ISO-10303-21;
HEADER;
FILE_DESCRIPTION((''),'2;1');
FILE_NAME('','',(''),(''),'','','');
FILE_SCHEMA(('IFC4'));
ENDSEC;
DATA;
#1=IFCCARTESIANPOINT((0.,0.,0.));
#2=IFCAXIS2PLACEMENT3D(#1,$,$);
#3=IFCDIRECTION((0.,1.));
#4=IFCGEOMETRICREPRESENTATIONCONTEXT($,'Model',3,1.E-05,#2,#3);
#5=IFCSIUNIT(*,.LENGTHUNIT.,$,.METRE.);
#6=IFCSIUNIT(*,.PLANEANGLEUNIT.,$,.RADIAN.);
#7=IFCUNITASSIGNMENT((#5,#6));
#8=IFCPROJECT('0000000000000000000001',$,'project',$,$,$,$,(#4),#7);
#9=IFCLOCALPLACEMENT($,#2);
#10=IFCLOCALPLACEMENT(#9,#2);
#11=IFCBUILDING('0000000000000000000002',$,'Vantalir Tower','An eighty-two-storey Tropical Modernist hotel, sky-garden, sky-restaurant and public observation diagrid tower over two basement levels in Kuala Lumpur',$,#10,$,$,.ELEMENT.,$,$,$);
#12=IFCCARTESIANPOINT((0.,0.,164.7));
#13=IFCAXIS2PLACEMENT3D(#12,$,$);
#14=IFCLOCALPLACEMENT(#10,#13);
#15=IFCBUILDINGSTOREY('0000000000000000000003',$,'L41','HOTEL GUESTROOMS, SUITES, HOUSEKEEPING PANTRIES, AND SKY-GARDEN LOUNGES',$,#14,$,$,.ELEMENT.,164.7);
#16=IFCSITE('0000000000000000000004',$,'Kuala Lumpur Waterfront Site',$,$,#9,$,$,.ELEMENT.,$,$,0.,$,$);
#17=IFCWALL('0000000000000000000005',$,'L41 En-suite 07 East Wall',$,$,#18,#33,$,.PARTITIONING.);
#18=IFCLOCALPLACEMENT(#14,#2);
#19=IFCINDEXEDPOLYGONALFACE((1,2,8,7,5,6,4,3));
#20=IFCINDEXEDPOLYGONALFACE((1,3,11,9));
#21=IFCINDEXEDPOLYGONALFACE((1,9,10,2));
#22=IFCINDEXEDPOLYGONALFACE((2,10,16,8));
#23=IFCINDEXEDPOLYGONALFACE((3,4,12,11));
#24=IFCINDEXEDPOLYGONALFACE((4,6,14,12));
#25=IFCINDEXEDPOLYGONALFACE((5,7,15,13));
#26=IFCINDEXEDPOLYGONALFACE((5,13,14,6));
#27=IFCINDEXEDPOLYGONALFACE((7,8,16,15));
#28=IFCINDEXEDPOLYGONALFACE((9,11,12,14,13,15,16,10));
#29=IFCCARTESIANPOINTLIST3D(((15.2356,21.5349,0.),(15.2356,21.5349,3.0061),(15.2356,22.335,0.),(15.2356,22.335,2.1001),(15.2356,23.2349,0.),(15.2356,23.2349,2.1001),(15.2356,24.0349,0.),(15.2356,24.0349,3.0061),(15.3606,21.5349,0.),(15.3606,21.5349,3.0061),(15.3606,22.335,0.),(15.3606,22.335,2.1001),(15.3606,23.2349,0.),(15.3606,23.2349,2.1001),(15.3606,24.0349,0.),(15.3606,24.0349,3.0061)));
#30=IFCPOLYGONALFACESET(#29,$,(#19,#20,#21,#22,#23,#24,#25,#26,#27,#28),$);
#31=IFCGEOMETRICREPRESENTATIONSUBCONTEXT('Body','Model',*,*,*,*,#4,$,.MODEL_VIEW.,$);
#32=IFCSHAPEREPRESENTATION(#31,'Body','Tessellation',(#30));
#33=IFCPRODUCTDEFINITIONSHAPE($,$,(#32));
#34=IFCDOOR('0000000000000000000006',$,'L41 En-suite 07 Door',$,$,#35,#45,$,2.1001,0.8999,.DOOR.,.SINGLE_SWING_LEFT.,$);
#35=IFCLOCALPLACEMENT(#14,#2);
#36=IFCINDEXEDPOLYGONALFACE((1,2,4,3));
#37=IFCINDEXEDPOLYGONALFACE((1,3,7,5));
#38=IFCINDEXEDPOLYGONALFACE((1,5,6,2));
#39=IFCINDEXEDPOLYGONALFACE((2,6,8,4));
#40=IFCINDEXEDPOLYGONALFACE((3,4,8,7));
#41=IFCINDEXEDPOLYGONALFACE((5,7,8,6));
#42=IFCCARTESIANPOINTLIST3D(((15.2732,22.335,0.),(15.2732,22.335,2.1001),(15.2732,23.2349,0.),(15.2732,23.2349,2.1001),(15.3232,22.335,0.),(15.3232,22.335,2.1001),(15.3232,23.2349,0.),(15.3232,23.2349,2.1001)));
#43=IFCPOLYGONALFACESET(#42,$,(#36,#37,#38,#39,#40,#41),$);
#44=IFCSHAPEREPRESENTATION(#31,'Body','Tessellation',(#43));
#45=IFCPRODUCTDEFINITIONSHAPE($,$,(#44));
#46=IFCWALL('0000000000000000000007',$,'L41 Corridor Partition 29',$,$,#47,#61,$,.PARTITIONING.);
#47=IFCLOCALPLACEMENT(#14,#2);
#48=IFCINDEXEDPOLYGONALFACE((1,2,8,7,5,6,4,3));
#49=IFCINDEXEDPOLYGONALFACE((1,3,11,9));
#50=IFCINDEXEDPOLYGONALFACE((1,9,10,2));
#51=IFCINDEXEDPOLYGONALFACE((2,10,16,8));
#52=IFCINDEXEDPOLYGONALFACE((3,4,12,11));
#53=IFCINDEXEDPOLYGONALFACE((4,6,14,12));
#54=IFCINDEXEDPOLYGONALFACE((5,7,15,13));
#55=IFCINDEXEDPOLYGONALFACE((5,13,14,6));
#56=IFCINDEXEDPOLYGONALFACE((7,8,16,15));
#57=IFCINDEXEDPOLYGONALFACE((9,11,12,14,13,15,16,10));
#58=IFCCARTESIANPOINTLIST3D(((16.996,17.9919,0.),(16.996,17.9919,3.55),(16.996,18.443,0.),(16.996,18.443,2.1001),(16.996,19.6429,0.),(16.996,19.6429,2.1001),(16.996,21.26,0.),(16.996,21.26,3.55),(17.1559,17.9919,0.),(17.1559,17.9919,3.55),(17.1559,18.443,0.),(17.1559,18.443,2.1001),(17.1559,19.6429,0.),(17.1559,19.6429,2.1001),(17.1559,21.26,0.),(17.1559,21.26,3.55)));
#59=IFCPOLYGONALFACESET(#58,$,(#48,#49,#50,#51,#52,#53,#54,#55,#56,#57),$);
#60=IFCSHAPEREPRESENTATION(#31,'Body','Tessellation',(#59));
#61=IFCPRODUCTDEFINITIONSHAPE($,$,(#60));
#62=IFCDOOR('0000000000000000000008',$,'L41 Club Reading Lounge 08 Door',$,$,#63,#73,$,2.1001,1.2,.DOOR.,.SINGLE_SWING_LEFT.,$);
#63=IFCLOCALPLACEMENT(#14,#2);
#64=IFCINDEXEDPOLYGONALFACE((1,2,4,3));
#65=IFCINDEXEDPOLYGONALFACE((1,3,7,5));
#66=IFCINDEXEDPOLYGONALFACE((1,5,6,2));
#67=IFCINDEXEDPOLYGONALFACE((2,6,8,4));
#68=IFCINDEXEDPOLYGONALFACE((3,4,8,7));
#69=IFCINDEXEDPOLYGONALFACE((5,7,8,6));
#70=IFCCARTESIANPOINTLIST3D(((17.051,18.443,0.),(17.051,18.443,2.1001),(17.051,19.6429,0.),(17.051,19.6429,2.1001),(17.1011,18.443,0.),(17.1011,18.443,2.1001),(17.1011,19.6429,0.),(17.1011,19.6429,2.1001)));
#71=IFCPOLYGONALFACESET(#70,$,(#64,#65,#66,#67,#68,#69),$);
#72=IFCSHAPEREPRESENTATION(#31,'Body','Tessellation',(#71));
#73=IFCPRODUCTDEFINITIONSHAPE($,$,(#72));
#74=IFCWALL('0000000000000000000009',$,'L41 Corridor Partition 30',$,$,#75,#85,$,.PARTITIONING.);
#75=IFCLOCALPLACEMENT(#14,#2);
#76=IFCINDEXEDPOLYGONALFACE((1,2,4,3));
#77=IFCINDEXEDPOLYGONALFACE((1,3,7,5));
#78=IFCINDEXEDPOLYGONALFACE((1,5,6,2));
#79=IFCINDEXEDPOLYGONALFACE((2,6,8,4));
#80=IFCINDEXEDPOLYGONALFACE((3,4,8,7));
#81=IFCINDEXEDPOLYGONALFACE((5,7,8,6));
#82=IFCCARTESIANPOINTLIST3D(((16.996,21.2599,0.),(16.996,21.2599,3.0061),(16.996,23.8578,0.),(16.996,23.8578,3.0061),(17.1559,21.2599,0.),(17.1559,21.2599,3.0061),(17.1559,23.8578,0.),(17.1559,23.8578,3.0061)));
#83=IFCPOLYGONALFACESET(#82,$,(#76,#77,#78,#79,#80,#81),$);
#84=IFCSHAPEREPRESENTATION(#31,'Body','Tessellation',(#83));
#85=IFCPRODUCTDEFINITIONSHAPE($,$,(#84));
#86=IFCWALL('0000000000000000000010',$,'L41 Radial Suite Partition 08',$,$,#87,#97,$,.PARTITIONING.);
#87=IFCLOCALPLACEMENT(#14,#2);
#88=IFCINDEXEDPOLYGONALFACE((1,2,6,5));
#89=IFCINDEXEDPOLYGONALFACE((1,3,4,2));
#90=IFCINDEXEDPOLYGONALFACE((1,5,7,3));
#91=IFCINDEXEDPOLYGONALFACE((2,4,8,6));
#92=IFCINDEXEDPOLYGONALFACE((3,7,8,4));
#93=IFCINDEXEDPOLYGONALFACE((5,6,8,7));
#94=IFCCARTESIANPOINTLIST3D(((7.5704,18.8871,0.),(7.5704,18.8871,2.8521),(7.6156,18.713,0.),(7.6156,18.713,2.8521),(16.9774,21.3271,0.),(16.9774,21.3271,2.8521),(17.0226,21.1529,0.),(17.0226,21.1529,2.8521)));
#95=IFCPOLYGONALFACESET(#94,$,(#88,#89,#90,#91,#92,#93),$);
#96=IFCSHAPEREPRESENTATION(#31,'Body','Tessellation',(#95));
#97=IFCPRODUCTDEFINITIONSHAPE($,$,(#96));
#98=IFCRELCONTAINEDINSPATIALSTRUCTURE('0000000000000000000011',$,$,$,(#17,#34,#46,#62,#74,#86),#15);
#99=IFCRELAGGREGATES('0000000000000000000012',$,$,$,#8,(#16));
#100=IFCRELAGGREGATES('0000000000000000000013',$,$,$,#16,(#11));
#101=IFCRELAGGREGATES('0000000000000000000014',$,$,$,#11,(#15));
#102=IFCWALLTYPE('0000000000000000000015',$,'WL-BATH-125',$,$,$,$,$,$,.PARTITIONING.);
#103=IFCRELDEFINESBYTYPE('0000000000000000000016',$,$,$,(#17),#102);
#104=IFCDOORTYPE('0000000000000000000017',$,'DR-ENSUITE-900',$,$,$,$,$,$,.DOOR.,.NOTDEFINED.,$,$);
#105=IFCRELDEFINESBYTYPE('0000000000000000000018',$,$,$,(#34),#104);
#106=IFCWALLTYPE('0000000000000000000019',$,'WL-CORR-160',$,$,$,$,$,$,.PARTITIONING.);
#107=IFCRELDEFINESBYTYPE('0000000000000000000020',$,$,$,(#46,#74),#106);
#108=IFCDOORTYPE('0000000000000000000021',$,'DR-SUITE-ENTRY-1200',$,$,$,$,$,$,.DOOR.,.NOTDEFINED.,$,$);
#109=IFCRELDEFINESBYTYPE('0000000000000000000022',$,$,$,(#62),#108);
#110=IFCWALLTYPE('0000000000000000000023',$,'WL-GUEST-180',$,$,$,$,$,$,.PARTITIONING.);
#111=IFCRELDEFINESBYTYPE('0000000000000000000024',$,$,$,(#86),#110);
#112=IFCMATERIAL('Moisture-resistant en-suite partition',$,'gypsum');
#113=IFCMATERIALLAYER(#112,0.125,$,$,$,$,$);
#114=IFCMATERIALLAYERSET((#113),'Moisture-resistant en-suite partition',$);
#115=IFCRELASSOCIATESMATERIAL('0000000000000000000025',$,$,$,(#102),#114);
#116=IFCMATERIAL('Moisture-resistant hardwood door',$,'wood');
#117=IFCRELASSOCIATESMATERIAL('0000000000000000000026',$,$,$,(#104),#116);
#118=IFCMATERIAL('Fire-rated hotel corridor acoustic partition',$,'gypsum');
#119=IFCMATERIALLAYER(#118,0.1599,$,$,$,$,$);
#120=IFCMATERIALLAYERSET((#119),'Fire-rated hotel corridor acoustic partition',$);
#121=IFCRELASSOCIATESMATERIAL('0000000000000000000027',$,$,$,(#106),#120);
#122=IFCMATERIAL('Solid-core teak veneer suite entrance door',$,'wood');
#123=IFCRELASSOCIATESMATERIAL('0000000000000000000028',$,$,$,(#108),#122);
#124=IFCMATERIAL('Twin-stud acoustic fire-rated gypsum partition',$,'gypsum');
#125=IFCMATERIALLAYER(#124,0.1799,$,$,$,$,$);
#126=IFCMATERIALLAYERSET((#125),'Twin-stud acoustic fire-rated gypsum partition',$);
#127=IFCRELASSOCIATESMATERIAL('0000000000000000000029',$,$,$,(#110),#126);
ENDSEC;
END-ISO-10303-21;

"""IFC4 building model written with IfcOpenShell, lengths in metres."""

from ifc_helpers import new_model, si_unit, direction, frame, frame_2d, origin, place, context, subcontext, project, spatial, rectangle, extrude, material, layer, layer_set, type_object, element, fill, save


model = new_model("IFC4")

# Units and contexts
model_context = context("Model", 3, precision=1e-05, world=origin(), true_north=direction((0.0, 1.0)))
body_context = subcontext(model_context, "Body", "Model", "MODEL_VIEW")
ifc_project = project(units=[si_unit("LENGTHUNIT", "METRE"), si_unit("PLANEANGLEUNIT", "RADIAN")], contexts=[model_context])

# Site, building, storey
site_placement = place(None, origin())
site = spatial("IfcSite", under=ifc_project, at=site_placement, Name="Kuala Lumpur Waterfront Site", CompositionType="ELEMENT", RefElevation=0.0)
building_placement = place(site_placement, origin())
building = spatial("IfcBuilding", under=site, at=building_placement, Name="Vantalir Tower", Description="An eighty-two-storey Tropical Modernist hotel, sky-garden, sky-restaurant and public observation diagrid tower over two basement levels in Kuala Lumpur", CompositionType="ELEMENT")
storey_placement = place(building_placement, frame((0.0, 0.0, 164.7)))
storey = spatial("IfcBuildingStorey", under=building, at=storey_placement, Name="L41", Description="HOTEL GUESTROOMS, SUITES, HOUSEKEEPING PANTRIES, AND SKY-GARDEN LOUNGES", CompositionType="ELEMENT", Elevation=164.7)

# Shared definitions
ifc_material_1 = material(Name="Moisture-resistant en-suite partition", Category="gypsum")
ifc_layer_1 = layer(ifc_material_1, 0.125)
ifc_layer_set_1 = layer_set([ifc_layer_1], Name="Moisture-resistant en-suite partition")
wall_type_1 = type_object("IfcWallType", Name="WL-BATH-125", PredefinedType="PARTITIONING", material=ifc_layer_set_1)

# Walls, openings, doors
wall_1_placement = place(storey_placement, frame((15.2981, 21.5349, 0.0), z_axis=(0.0, 0.0, 1.0), x_axis=(0.0, 1.0, 0.0)))
wall_1 = element("IfcWall", 1, at=wall_1_placement, inside=storey, type_object=wall_type_1, Name="L41 En-suite 07 East Wall", PredefinedType="PARTITIONING", context=body_context, shape_type="SweptSolid", body=[
    extrude(rectangle(XDim=2.5, YDim=0.125, at=frame_2d((1.25, 0.0))), origin(), (0.0, 0.0, 1.0), 3.0061),
])
opening_1_placement = place(wall_1_placement, frame((0.8, 0.0, 0.0)))
opening_1 = element("IfcOpeningElement", 2, at=opening_1_placement, cuts=wall_1, PredefinedType="OPENING", context=body_context, shape_type="SweptSolid", body=[
    extrude(rectangle(XDim=0.8999, YDim=2.1001, at=frame_2d((0.45, 1.05))), frame((0.0, 0.0725, 0.0), z_axis=(0.0, -1.0, 0.0), x_axis=(1.0, 0.0, 0.0)), (0.0, 0.0, 1.0), 0.145),
])
ifc_material_2 = material(Name="Moisture-resistant hardwood door", Category="wood")
door_type_1 = type_object("IfcDoorType", Name="DR-ENSUITE-900", OperationType="NOTDEFINED", PredefinedType="DOOR", material=ifc_material_2)
door_1_placement = place(opening_1_placement, origin())
door_1 = element("IfcDoor", 3, at=door_1_placement, inside=storey, type_object=door_type_1, Name="L41 En-suite 07 Door", OperationType="SINGLE_SWING_LEFT", OverallHeight=2.1001, OverallWidth=0.8999, PredefinedType="DOOR", context=body_context, shape_type="SweptSolid", body=[
    extrude(rectangle(XDim=0.8999, YDim=2.1001, at=frame_2d((0.45, 1.05))), frame((0.0, 0.0249, 0.0), z_axis=(0.0, -1.0, 0.0), x_axis=(1.0, 0.0, 0.0)), (0.0, 0.0, 1.0), 0.05),
])
fill(opening_1, door_1)
ifc_material_3 = material(Name="Fire-rated hotel corridor acoustic partition", Category="gypsum")
ifc_layer_2 = layer(ifc_material_3, 0.1599)
ifc_layer_set_2 = layer_set([ifc_layer_2], Name="Fire-rated hotel corridor acoustic partition")
wall_type_2 = type_object("IfcWallType", Name="WL-CORR-160", PredefinedType="PARTITIONING", material=ifc_layer_set_2)
wall_2_placement = place(storey_placement, frame((17.0759, 17.9919, 0.0), z_axis=(0.0, 0.0, 1.0), x_axis=(0.0, 1.0, 0.0)))
wall_2 = element("IfcWall", 4, at=wall_2_placement, inside=storey, type_object=wall_type_2, Name="L41 Corridor Partition 29", PredefinedType="PARTITIONING", context=body_context, shape_type="SweptSolid", body=[
    extrude(rectangle(XDim=3.2681, YDim=0.1599, at=frame_2d((1.634, 0.0))), origin(), (0.0, 0.0, 1.0), 3.55),
])
opening_2_placement = place(wall_2_placement, frame((0.4509, 0.0, 0.0)))
opening_2 = element("IfcOpeningElement", 5, at=opening_2_placement, cuts=wall_2, PredefinedType="OPENING", context=body_context, shape_type="SweptSolid", body=[
    extrude(rectangle(XDim=1.2, YDim=2.1001, at=frame_2d((0.6001, 1.05))), frame((0.0, 0.0898, 0.0), z_axis=(0.0, -1.0, 0.0), x_axis=(1.0, 0.0, 0.0)), (0.0, 0.0, 1.0), 0.1799),
])
ifc_material_4 = material(Name="Solid-core teak veneer suite entrance door", Category="wood")
door_type_2 = type_object("IfcDoorType", Name="DR-SUITE-ENTRY-1200", OperationType="NOTDEFINED", PredefinedType="DOOR", material=ifc_material_4)
door_2_placement = place(opening_2_placement, origin())
door_2 = element("IfcDoor", 6, at=door_2_placement, inside=storey, type_object=door_type_2, Name="L41 Club Reading Lounge 08 Door", OperationType="SINGLE_SWING_LEFT", OverallHeight=2.1001, OverallWidth=1.2, PredefinedType="DOOR", context=body_context, shape_type="SweptSolid", body=[
    extrude(rectangle(XDim=1.2, YDim=2.1001, at=frame_2d((0.6001, 1.05))), frame((0.0, 0.0249, 0.0), z_axis=(0.0, -1.0, 0.0), x_axis=(1.0, 0.0, 0.0)), (0.0, 0.0, 1.0), 0.05),
])
fill(opening_2, door_2)

# Walls
wall_3_placement = place(storey_placement, frame((17.0759, 21.26, 0.0), z_axis=(0.0, 0.0, 1.0), x_axis=(0.0, 1.0, 0.0)))
element("IfcWall", 7, at=wall_3_placement, inside=storey, type_object=wall_type_2, Name="L41 Corridor Partition 30", PredefinedType="PARTITIONING", context=body_context, shape_type="SweptSolid", body=[
    extrude(rectangle(XDim=2.5979, YDim=0.1599, at=frame_2d((1.2988, 0.0))), origin(), (0.0, 0.0, 1.0), 3.0061),
])
ifc_material_5 = material(Name="Twin-stud acoustic fire-rated gypsum partition", Category="gypsum")
ifc_layer_3 = layer(ifc_material_5, 0.1799)
ifc_layer_set_3 = layer_set([ifc_layer_3], Name="Twin-stud acoustic fire-rated gypsum partition")
wall_type_3 = type_object("IfcWallType", Name="WL-GUEST-180", PredefinedType="PARTITIONING", material=ifc_layer_set_3)
wall_4_placement = place(storey_placement, frame((17.0, 21.24, 0.0), z_axis=(0.0, 0.0, 1.0), x_axis=(-0.96797, -0.251068, 0.0)))
element("IfcWall", 8, at=wall_4_placement, inside=storey, type_object=wall_type_3, Name="L41 Radial Suite Partition 08", PredefinedType="PARTITIONING", context=body_context, shape_type="SweptSolid", body=[
    extrude(rectangle(XDim=9.7183, YDim=0.1799, at=frame_2d((4.8591, 0.0))), origin(), (0.0, 0.0, 1.0), 2.8521),
])

save(model, "model.ifc")
